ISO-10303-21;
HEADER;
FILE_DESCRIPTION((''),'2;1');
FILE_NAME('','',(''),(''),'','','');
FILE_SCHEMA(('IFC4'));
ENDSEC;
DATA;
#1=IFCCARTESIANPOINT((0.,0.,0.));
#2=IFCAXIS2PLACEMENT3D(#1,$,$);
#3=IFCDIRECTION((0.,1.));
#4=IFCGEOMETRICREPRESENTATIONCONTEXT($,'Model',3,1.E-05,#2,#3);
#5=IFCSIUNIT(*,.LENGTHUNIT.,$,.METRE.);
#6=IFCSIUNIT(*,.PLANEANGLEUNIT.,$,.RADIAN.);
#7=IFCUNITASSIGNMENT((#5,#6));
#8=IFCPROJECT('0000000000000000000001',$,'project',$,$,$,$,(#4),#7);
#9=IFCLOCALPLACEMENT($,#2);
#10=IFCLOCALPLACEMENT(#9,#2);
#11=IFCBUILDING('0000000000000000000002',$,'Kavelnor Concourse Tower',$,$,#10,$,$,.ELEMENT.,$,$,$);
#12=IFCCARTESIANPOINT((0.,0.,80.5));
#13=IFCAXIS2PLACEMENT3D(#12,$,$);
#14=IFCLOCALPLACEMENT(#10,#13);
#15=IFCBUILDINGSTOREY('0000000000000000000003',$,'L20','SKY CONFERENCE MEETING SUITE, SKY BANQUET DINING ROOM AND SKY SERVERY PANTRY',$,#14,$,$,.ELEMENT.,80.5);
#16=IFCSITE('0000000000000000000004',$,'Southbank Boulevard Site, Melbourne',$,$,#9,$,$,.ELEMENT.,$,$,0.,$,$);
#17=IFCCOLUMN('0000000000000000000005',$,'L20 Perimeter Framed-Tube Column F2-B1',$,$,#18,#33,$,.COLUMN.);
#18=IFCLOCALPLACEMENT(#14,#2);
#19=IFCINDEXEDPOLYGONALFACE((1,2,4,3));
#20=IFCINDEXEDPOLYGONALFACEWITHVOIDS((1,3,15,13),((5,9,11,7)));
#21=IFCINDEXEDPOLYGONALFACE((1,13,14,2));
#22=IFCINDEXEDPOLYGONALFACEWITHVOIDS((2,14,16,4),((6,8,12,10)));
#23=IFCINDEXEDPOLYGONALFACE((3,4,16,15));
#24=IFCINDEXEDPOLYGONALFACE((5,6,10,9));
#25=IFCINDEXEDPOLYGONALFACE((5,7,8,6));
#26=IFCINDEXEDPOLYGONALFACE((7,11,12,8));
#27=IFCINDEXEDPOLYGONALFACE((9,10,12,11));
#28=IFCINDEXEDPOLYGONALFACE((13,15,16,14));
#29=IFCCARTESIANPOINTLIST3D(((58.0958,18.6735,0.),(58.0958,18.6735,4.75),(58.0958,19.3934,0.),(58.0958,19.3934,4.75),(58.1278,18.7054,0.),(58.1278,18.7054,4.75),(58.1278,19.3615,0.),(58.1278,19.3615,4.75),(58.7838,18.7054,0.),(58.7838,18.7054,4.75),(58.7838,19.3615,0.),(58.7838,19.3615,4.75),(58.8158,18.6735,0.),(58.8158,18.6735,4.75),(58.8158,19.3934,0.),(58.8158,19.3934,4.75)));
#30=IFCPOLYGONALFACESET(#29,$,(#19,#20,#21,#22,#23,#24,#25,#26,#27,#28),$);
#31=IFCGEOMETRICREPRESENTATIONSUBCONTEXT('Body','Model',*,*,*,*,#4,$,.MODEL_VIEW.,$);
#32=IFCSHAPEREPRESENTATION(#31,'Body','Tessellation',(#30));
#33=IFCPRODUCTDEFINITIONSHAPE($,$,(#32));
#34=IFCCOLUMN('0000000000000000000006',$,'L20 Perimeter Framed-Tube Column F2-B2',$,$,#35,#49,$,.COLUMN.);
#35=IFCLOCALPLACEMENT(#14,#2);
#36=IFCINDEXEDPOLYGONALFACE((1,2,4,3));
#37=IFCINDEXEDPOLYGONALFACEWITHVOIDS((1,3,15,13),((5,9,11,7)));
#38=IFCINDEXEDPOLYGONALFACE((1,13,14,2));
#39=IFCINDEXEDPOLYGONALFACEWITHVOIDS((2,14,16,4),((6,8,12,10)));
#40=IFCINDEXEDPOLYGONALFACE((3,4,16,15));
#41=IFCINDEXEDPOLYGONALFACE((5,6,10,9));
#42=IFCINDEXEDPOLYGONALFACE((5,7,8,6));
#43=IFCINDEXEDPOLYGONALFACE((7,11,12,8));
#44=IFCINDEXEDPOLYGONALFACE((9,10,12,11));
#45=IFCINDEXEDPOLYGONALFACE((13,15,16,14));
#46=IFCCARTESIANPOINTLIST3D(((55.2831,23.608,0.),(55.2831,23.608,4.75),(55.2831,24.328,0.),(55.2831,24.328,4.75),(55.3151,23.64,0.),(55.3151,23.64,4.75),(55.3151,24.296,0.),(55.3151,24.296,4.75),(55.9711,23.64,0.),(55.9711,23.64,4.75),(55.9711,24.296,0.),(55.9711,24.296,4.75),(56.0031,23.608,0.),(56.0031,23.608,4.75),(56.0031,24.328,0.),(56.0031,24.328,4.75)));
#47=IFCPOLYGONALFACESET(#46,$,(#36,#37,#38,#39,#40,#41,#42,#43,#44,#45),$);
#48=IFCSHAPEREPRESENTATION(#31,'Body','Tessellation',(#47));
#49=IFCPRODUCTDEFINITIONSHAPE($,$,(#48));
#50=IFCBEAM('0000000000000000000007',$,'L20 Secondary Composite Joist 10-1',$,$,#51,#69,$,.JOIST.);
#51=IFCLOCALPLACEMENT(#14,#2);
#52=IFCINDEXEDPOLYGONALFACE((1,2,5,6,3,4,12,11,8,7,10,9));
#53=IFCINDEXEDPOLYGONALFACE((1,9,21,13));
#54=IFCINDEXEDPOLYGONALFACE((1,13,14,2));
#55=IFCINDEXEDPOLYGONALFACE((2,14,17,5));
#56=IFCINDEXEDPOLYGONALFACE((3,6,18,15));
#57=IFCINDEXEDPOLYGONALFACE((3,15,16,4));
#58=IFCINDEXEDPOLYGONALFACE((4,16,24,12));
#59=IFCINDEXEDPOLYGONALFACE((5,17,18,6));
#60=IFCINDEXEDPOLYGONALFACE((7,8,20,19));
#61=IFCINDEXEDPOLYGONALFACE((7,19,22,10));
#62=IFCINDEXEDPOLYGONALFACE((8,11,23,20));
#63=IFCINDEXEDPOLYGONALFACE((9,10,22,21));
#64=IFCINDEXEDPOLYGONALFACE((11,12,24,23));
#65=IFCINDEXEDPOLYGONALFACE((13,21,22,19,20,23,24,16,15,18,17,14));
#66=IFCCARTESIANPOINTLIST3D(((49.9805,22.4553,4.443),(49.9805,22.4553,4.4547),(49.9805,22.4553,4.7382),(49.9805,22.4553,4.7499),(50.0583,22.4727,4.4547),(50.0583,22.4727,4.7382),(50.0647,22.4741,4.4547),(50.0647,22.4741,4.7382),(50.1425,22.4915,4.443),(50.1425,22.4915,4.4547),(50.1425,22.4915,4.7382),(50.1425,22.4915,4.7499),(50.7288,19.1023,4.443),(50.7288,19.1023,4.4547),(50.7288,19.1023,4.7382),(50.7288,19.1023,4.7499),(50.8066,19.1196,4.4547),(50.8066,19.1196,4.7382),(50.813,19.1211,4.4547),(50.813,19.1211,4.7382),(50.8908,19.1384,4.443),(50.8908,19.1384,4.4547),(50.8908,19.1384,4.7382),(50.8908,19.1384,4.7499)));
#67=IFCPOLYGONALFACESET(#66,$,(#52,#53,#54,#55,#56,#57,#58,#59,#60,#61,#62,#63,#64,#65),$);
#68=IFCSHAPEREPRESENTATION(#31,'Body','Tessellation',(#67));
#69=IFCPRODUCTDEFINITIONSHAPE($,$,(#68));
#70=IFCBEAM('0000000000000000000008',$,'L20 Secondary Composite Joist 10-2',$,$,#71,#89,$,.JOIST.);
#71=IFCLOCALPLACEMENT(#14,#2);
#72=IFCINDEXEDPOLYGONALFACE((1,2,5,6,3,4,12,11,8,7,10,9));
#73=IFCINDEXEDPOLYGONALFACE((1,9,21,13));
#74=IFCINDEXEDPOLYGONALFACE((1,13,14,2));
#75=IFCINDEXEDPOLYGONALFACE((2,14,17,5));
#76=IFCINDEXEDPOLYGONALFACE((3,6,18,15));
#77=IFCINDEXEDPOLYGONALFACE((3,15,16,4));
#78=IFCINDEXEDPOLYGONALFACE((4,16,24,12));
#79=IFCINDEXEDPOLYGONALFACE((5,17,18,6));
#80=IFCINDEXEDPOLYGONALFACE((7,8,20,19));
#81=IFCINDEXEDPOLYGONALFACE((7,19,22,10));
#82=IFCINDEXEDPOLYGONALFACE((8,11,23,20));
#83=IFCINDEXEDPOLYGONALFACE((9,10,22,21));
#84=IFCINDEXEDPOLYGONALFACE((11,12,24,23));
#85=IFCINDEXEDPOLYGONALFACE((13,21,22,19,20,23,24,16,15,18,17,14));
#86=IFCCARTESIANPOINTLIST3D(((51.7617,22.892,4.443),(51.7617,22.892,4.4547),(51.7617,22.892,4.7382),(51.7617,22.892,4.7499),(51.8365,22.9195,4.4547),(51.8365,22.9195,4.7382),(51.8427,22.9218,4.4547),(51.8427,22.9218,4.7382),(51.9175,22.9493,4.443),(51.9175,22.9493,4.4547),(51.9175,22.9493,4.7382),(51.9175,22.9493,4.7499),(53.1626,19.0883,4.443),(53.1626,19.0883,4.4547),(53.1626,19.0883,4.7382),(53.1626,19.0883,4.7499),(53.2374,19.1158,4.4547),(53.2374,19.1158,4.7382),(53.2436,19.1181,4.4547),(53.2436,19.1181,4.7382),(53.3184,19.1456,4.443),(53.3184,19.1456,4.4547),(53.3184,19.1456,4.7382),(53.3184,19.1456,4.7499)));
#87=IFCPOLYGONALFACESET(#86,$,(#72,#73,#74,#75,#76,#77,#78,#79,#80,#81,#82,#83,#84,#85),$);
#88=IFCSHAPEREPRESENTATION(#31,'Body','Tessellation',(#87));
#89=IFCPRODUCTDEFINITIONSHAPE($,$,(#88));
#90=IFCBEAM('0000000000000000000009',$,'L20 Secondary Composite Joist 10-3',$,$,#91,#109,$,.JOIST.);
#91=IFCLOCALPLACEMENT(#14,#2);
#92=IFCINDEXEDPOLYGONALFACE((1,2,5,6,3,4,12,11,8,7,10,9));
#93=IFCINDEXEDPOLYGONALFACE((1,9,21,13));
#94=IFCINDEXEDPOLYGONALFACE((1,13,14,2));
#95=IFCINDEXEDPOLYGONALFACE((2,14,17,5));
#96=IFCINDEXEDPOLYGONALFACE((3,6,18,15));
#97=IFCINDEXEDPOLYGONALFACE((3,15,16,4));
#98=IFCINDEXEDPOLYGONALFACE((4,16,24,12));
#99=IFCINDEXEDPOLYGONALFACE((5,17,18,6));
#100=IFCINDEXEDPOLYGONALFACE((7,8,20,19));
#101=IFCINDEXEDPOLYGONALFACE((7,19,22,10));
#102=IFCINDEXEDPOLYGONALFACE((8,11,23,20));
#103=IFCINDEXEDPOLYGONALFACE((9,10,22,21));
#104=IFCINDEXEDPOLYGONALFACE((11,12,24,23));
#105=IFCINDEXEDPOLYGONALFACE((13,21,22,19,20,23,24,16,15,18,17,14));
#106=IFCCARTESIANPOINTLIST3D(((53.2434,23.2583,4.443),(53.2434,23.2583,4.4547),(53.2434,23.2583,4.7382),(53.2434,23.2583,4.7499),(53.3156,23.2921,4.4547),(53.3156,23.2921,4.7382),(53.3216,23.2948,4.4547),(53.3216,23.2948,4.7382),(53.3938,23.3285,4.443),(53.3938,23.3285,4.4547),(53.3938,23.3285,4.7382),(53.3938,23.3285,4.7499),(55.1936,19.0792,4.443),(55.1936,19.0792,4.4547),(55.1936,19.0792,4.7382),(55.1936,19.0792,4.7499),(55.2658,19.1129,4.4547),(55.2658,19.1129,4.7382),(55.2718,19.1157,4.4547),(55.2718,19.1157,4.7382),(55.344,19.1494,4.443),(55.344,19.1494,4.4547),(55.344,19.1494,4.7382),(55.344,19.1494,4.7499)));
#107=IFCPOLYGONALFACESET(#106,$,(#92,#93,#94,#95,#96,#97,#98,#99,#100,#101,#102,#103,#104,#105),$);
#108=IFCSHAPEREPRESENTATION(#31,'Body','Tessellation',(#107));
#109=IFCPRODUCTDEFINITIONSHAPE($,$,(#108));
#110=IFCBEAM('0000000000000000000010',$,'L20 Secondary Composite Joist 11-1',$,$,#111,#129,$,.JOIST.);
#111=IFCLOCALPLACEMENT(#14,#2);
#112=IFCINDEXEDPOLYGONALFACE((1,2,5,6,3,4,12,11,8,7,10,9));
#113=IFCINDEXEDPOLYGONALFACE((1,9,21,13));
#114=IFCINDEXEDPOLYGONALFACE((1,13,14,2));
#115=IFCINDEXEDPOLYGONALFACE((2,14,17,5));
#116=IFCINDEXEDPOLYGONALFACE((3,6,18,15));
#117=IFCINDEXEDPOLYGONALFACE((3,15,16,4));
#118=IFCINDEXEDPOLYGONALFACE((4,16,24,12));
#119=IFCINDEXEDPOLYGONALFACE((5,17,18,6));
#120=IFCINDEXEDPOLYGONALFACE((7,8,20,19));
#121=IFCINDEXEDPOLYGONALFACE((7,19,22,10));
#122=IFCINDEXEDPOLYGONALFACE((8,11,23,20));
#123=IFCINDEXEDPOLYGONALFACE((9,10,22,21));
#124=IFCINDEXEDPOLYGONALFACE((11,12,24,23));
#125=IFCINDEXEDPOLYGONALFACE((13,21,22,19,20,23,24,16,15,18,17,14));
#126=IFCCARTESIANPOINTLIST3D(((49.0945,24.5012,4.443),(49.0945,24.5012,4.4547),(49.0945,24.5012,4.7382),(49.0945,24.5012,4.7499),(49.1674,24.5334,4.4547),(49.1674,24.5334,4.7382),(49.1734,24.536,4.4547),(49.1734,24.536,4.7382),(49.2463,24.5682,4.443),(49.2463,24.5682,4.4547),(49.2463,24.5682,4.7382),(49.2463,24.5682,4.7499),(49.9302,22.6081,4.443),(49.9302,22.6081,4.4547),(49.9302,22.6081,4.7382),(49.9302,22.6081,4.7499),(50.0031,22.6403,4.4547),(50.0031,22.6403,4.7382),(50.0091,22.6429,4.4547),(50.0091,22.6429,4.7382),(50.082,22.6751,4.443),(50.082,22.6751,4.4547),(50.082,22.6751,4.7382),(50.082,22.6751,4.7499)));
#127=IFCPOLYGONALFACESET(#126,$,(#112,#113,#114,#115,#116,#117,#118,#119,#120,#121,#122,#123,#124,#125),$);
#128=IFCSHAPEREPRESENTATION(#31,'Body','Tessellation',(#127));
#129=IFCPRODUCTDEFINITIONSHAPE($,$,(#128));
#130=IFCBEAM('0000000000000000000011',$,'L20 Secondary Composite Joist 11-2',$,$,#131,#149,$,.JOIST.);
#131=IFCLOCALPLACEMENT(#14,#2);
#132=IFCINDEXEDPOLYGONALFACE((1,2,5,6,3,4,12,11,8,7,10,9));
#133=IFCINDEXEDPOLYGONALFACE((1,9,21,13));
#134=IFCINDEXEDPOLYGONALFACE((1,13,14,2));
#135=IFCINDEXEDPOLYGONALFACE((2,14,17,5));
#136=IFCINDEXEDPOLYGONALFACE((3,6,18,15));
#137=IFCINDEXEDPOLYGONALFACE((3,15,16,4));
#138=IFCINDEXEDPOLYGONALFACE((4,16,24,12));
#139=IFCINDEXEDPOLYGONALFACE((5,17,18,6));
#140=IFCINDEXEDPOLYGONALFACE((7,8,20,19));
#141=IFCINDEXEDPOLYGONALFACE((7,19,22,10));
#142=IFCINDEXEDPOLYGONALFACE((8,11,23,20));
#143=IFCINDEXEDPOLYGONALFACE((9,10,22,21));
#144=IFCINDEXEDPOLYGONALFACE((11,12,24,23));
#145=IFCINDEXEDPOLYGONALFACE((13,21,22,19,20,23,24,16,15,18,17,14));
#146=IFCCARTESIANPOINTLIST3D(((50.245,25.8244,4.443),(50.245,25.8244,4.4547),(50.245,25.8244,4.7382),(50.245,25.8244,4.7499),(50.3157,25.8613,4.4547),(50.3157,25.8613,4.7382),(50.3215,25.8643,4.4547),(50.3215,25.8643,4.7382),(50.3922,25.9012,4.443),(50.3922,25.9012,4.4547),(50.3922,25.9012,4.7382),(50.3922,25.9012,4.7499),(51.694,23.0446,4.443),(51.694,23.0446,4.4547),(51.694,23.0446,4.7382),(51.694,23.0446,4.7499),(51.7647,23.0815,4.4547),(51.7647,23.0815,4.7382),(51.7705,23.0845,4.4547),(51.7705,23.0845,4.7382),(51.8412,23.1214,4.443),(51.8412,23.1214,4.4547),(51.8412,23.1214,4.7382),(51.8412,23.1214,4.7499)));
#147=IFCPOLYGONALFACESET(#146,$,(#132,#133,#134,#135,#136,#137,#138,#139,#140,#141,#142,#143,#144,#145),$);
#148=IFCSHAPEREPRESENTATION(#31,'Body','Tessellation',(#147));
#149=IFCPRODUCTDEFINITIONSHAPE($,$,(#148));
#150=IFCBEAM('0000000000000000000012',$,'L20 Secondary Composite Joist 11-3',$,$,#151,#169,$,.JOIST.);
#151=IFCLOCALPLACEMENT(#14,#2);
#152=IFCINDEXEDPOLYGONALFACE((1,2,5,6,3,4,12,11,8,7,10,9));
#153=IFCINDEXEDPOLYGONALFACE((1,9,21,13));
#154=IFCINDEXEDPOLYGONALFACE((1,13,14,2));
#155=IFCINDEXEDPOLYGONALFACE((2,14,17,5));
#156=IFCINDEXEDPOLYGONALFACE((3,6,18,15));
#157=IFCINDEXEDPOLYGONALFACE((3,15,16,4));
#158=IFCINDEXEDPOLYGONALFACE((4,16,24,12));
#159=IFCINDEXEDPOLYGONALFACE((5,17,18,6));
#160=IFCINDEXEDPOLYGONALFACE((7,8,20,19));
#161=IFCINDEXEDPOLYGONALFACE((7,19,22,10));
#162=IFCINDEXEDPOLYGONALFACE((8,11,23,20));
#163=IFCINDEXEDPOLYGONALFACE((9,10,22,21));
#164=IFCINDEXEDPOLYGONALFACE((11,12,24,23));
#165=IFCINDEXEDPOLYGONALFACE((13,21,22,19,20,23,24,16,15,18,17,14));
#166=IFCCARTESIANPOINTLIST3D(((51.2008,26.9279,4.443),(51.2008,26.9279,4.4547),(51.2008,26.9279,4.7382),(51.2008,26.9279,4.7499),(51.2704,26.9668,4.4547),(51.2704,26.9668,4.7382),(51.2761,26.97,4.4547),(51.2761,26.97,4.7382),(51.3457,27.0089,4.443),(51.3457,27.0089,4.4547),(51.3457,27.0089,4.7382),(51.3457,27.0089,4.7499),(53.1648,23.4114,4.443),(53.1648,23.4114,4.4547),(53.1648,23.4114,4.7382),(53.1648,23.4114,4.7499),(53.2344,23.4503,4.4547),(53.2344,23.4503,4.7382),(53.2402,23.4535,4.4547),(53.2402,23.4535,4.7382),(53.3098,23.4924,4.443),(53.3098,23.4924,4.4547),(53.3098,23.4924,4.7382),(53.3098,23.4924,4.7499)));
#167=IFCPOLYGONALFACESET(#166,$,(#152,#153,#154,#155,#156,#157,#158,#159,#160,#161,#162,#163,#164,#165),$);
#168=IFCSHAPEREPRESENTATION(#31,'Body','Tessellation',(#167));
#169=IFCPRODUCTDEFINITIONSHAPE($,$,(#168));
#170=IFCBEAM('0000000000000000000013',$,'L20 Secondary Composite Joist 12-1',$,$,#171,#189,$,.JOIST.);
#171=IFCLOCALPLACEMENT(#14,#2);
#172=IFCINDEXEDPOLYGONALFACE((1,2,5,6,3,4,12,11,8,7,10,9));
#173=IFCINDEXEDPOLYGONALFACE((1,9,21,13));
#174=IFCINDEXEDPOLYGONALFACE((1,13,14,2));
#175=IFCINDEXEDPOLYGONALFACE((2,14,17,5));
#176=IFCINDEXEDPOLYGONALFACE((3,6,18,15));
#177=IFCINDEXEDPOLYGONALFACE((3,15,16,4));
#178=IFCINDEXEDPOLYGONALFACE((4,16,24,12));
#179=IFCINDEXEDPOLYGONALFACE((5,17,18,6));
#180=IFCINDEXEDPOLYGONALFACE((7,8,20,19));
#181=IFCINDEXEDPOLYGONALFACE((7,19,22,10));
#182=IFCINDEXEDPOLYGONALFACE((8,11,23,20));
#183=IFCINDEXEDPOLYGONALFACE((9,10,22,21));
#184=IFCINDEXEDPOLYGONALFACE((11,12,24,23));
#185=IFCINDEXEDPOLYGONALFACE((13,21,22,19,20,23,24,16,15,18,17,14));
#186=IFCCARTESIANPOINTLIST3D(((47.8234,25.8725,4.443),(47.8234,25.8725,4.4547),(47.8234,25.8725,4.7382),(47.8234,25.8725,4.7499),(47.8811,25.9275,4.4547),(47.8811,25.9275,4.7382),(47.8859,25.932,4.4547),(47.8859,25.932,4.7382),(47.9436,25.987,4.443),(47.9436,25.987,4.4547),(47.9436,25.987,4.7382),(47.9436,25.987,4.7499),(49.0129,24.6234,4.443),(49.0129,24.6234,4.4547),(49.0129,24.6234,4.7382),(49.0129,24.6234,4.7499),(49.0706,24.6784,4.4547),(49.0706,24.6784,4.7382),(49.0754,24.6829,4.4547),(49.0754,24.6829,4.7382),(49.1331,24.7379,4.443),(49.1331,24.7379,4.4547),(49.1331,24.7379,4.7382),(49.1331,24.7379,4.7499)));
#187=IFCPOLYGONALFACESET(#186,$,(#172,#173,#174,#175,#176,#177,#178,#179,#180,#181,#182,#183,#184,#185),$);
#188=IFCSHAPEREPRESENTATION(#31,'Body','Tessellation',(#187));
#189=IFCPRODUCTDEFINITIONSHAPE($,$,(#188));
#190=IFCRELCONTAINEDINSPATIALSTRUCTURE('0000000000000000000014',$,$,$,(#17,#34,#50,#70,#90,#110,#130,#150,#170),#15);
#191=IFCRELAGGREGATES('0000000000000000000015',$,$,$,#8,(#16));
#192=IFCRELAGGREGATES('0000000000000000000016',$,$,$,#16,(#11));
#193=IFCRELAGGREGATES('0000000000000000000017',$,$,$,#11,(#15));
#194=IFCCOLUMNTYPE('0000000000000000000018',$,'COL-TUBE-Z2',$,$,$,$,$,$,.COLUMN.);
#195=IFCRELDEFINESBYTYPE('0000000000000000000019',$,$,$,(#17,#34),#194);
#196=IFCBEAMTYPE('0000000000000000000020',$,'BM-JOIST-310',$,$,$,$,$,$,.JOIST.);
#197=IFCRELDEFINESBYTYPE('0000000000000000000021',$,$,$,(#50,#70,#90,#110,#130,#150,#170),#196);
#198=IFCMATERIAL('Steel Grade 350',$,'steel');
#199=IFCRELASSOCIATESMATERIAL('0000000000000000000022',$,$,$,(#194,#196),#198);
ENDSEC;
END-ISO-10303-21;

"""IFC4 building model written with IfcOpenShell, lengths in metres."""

from ifc_helpers import new_model, si_unit, direction, frame, origin, origin_2d, place, context, subcontext, project, spatial, hollow_rectangle, i_section, extrude, material, material_profile, profile_set, type_object, element, save


model = new_model("IFC4")

# Units and contexts
model_context = context("Model", 3, precision=1e-05, world=origin(), true_north=direction((0.0, 1.0)))
body_context = subcontext(model_context, "Body", "Model", "MODEL_VIEW")
ifc_project = project(units=[si_unit("LENGTHUNIT", "METRE"), si_unit("PLANEANGLEUNIT", "RADIAN")], contexts=[model_context])

# Site, building, storey
site_placement = place(None, origin())
site = spatial("IfcSite", under=ifc_project, at=site_placement, Name="Southbank Boulevard Site, Melbourne", CompositionType="ELEMENT", RefElevation=0.0)
building_placement = place(site_placement, origin())
building = spatial("IfcBuilding", under=site, at=building_placement, Name="Kavelnor Concourse Tower", CompositionType="ELEMENT")
storey_placement = place(building_placement, frame((0.0, 0.0, 80.5)))
storey = spatial("IfcBuildingStorey", under=building, at=storey_placement, Name="L20", Description="SKY CONFERENCE MEETING SUITE, SKY BANQUET DINING ROOM AND SKY SERVERY PANTRY", CompositionType="ELEMENT", Elevation=80.5)

# Columns
ifc_material_1 = material(Name="Steel Grade 350", Category="steel")
ifc_material_profile_1 = material_profile(ifc_material_1, hollow_rectangle(XDim=0.72, YDim=0.72, WallThickness=0.032, at=origin_2d()), Name="SHS 720x720x32")
ifc_profile_set_1 = profile_set([ifc_material_profile_1], Name="Steel Grade 350")
column_type = type_object("IfcColumnType", Name="COL-TUBE-Z2", PredefinedType="COLUMN", material=ifc_profile_set_1)
for number, where, z_axis, x_axis, name in (
    (1, (58.4558, 19.0334, 0.0), (0.0, 0.0, 1.0), (1.0, 0.0, 0.0), "L20 Perimeter Framed-Tube Column F2-B1"),
    (2, (55.6431, 23.968, 0.0), (0.0, 0.0, 1.0), (1.0, 0.0, 0.0), "L20 Perimeter Framed-Tube Column F2-B2"),
):
    element("IfcColumn", number, at=place(storey_placement, frame(where, z_axis=z_axis, x_axis=x_axis)), inside=storey, type_object=column_type, Name=name, PredefinedType="COLUMN", context=body_context, shape_type="SweptSolid", body=[
        extrude(hollow_rectangle(XDim=0.72, YDim=0.72, WallThickness=0.032, at=origin_2d()), origin(), (0.0, 0.0, 1.0), 4.75),
    ])

# Beams
ifc_material_profile_2 = material_profile(ifc_material_1, i_section(OverallWidth=0.166, OverallDepth=0.3069, WebThickness=0.0066, FlangeThickness=0.0117, at=origin_2d()), Name="310UB46")
ifc_profile_set_2 = profile_set([ifc_material_profile_2], Name="Steel Grade 350")
beam_type_1 = type_object("IfcBeamType", Name="BM-JOIST-310", PredefinedType="JOIST", material=ifc_profile_set_2)
beam_1_placement = place(storey_placement, frame((50.8098, 19.1204, 4.5964), z_axis=(-0.217811, 0.975991, 0.0), x_axis=(-0.975991, -0.217811, 0.0)))
element("IfcBeam", 3, at=beam_1_placement, inside=storey, type_object=beam_type_1, Name="L20 Secondary Composite Joist 10-1", PredefinedType="JOIST", context=body_context, shape_type="SweptSolid", body=[
    extrude(i_section(OverallWidth=0.166, OverallDepth=0.3069, WebThickness=0.0066, FlangeThickness=0.0117, at=origin_2d()), origin(), (0.0, 0.0, 1.0), 3.4355),
])
beam_2_placement = place(storey_placement, frame((53.2405, 19.1169, 4.5964), z_axis=(-0.345599, 0.938382, 0.0), x_axis=(-0.938382, -0.345599, 0.0)))
element("IfcBeam", 4, at=beam_2_placement, inside=storey, type_object=beam_type_1, Name="L20 Secondary Composite Joist 10-2", PredefinedType="JOIST", context=body_context, shape_type="SweptSolid", body=[
    extrude(i_section(OverallWidth=0.166, OverallDepth=0.3069, WebThickness=0.0066, FlangeThickness=0.0117, at=origin_2d()), origin(), (0.0, 0.0, 1.0), 4.0535),
])
beam_3_placement = place(storey_placement, frame((55.2688, 19.1143, 4.5964), z_axis=(-0.422868, 0.906191, 0.0), x_axis=(-0.906191, -0.422868, 0.0)))
element("IfcBeam", 5, at=beam_3_placement, inside=storey, type_object=beam_type_1, Name="L20 Secondary Composite Joist 10-3", PredefinedType="JOIST", context=body_context, shape_type="SweptSolid", body=[
    extrude(i_section(OverallWidth=0.166, OverallDepth=0.3069, WebThickness=0.0066, FlangeThickness=0.0117, at=origin_2d()), origin(), (0.0, 0.0, 1.0), 4.6118),
])
beam_4_placement = place(storey_placement, frame((50.0061, 22.6416, 4.5964), z_axis=(-0.403849, 0.914826, 0.0), x_axis=(-0.914826, -0.403849, 0.0)))
element("IfcBeam", 6, at=beam_4_placement, inside=storey, type_object=beam_type_1, Name="L20 Secondary Composite Joist 11-1", PredefinedType="JOIST", context=body_context, shape_type="SweptSolid", body=[
    extrude(i_section(OverallWidth=0.166, OverallDepth=0.3069, WebThickness=0.0066, FlangeThickness=0.0117, at=origin_2d()), origin(), (0.0, 0.0, 1.0), 2.0693),
])
beam_5_placement = place(storey_placement, frame((51.7676, 23.083, 4.5964), z_axis=(-0.462228, 0.886761, 0.0), x_axis=(-0.886761, -0.462228, 0.0)))
element("IfcBeam", 7, at=beam_5_placement, inside=storey, type_object=beam_type_1, Name="L20 Secondary Composite Joist 11-2", PredefinedType="JOIST", context=body_context, shape_type="SweptSolid", body=[
    extrude(i_section(OverallWidth=0.166, OverallDepth=0.3069, WebThickness=0.0066, FlangeThickness=0.0117, at=origin_2d()), origin(), (0.0, 0.0, 1.0), 3.1348),
])
beam_6_placement = place(storey_placement, frame((53.2373, 23.4519, 4.5964), z_axis=(-0.487623, 0.873054, 0.0), x_axis=(-0.873054, -0.487623, 0.0)))
element("IfcBeam", 8, at=beam_6_placement, inside=storey, type_object=beam_type_1, Name="L20 Secondary Composite Joist 11-3", PredefinedType="JOIST", context=body_context, shape_type="SweptSolid", body=[
    extrude(i_section(OverallWidth=0.166, OverallDepth=0.3069, WebThickness=0.0066, FlangeThickness=0.0117, at=origin_2d()), origin(), (0.0, 0.0, 1.0), 4.0278),
])
beam_7_placement = place(storey_placement, frame((49.073, 24.6807, 4.5964), z_axis=(-0.689627, 0.724165, 0.0), x_axis=(-0.724165, -0.689627, 0.0)))
element("IfcBeam", 9, at=beam_7_placement, inside=storey, type_object=beam_type_1, Name="L20 Secondary Composite Joist 12-1", PredefinedType="JOIST", context=body_context, shape_type="SweptSolid", body=[
    extrude(i_section(OverallWidth=0.166, OverallDepth=0.3069, WebThickness=0.0066, FlangeThickness=0.0117, at=origin_2d()), origin(), (0.0, 0.0, 1.0), 1.7249),
])

save(model, "model.ifc")
